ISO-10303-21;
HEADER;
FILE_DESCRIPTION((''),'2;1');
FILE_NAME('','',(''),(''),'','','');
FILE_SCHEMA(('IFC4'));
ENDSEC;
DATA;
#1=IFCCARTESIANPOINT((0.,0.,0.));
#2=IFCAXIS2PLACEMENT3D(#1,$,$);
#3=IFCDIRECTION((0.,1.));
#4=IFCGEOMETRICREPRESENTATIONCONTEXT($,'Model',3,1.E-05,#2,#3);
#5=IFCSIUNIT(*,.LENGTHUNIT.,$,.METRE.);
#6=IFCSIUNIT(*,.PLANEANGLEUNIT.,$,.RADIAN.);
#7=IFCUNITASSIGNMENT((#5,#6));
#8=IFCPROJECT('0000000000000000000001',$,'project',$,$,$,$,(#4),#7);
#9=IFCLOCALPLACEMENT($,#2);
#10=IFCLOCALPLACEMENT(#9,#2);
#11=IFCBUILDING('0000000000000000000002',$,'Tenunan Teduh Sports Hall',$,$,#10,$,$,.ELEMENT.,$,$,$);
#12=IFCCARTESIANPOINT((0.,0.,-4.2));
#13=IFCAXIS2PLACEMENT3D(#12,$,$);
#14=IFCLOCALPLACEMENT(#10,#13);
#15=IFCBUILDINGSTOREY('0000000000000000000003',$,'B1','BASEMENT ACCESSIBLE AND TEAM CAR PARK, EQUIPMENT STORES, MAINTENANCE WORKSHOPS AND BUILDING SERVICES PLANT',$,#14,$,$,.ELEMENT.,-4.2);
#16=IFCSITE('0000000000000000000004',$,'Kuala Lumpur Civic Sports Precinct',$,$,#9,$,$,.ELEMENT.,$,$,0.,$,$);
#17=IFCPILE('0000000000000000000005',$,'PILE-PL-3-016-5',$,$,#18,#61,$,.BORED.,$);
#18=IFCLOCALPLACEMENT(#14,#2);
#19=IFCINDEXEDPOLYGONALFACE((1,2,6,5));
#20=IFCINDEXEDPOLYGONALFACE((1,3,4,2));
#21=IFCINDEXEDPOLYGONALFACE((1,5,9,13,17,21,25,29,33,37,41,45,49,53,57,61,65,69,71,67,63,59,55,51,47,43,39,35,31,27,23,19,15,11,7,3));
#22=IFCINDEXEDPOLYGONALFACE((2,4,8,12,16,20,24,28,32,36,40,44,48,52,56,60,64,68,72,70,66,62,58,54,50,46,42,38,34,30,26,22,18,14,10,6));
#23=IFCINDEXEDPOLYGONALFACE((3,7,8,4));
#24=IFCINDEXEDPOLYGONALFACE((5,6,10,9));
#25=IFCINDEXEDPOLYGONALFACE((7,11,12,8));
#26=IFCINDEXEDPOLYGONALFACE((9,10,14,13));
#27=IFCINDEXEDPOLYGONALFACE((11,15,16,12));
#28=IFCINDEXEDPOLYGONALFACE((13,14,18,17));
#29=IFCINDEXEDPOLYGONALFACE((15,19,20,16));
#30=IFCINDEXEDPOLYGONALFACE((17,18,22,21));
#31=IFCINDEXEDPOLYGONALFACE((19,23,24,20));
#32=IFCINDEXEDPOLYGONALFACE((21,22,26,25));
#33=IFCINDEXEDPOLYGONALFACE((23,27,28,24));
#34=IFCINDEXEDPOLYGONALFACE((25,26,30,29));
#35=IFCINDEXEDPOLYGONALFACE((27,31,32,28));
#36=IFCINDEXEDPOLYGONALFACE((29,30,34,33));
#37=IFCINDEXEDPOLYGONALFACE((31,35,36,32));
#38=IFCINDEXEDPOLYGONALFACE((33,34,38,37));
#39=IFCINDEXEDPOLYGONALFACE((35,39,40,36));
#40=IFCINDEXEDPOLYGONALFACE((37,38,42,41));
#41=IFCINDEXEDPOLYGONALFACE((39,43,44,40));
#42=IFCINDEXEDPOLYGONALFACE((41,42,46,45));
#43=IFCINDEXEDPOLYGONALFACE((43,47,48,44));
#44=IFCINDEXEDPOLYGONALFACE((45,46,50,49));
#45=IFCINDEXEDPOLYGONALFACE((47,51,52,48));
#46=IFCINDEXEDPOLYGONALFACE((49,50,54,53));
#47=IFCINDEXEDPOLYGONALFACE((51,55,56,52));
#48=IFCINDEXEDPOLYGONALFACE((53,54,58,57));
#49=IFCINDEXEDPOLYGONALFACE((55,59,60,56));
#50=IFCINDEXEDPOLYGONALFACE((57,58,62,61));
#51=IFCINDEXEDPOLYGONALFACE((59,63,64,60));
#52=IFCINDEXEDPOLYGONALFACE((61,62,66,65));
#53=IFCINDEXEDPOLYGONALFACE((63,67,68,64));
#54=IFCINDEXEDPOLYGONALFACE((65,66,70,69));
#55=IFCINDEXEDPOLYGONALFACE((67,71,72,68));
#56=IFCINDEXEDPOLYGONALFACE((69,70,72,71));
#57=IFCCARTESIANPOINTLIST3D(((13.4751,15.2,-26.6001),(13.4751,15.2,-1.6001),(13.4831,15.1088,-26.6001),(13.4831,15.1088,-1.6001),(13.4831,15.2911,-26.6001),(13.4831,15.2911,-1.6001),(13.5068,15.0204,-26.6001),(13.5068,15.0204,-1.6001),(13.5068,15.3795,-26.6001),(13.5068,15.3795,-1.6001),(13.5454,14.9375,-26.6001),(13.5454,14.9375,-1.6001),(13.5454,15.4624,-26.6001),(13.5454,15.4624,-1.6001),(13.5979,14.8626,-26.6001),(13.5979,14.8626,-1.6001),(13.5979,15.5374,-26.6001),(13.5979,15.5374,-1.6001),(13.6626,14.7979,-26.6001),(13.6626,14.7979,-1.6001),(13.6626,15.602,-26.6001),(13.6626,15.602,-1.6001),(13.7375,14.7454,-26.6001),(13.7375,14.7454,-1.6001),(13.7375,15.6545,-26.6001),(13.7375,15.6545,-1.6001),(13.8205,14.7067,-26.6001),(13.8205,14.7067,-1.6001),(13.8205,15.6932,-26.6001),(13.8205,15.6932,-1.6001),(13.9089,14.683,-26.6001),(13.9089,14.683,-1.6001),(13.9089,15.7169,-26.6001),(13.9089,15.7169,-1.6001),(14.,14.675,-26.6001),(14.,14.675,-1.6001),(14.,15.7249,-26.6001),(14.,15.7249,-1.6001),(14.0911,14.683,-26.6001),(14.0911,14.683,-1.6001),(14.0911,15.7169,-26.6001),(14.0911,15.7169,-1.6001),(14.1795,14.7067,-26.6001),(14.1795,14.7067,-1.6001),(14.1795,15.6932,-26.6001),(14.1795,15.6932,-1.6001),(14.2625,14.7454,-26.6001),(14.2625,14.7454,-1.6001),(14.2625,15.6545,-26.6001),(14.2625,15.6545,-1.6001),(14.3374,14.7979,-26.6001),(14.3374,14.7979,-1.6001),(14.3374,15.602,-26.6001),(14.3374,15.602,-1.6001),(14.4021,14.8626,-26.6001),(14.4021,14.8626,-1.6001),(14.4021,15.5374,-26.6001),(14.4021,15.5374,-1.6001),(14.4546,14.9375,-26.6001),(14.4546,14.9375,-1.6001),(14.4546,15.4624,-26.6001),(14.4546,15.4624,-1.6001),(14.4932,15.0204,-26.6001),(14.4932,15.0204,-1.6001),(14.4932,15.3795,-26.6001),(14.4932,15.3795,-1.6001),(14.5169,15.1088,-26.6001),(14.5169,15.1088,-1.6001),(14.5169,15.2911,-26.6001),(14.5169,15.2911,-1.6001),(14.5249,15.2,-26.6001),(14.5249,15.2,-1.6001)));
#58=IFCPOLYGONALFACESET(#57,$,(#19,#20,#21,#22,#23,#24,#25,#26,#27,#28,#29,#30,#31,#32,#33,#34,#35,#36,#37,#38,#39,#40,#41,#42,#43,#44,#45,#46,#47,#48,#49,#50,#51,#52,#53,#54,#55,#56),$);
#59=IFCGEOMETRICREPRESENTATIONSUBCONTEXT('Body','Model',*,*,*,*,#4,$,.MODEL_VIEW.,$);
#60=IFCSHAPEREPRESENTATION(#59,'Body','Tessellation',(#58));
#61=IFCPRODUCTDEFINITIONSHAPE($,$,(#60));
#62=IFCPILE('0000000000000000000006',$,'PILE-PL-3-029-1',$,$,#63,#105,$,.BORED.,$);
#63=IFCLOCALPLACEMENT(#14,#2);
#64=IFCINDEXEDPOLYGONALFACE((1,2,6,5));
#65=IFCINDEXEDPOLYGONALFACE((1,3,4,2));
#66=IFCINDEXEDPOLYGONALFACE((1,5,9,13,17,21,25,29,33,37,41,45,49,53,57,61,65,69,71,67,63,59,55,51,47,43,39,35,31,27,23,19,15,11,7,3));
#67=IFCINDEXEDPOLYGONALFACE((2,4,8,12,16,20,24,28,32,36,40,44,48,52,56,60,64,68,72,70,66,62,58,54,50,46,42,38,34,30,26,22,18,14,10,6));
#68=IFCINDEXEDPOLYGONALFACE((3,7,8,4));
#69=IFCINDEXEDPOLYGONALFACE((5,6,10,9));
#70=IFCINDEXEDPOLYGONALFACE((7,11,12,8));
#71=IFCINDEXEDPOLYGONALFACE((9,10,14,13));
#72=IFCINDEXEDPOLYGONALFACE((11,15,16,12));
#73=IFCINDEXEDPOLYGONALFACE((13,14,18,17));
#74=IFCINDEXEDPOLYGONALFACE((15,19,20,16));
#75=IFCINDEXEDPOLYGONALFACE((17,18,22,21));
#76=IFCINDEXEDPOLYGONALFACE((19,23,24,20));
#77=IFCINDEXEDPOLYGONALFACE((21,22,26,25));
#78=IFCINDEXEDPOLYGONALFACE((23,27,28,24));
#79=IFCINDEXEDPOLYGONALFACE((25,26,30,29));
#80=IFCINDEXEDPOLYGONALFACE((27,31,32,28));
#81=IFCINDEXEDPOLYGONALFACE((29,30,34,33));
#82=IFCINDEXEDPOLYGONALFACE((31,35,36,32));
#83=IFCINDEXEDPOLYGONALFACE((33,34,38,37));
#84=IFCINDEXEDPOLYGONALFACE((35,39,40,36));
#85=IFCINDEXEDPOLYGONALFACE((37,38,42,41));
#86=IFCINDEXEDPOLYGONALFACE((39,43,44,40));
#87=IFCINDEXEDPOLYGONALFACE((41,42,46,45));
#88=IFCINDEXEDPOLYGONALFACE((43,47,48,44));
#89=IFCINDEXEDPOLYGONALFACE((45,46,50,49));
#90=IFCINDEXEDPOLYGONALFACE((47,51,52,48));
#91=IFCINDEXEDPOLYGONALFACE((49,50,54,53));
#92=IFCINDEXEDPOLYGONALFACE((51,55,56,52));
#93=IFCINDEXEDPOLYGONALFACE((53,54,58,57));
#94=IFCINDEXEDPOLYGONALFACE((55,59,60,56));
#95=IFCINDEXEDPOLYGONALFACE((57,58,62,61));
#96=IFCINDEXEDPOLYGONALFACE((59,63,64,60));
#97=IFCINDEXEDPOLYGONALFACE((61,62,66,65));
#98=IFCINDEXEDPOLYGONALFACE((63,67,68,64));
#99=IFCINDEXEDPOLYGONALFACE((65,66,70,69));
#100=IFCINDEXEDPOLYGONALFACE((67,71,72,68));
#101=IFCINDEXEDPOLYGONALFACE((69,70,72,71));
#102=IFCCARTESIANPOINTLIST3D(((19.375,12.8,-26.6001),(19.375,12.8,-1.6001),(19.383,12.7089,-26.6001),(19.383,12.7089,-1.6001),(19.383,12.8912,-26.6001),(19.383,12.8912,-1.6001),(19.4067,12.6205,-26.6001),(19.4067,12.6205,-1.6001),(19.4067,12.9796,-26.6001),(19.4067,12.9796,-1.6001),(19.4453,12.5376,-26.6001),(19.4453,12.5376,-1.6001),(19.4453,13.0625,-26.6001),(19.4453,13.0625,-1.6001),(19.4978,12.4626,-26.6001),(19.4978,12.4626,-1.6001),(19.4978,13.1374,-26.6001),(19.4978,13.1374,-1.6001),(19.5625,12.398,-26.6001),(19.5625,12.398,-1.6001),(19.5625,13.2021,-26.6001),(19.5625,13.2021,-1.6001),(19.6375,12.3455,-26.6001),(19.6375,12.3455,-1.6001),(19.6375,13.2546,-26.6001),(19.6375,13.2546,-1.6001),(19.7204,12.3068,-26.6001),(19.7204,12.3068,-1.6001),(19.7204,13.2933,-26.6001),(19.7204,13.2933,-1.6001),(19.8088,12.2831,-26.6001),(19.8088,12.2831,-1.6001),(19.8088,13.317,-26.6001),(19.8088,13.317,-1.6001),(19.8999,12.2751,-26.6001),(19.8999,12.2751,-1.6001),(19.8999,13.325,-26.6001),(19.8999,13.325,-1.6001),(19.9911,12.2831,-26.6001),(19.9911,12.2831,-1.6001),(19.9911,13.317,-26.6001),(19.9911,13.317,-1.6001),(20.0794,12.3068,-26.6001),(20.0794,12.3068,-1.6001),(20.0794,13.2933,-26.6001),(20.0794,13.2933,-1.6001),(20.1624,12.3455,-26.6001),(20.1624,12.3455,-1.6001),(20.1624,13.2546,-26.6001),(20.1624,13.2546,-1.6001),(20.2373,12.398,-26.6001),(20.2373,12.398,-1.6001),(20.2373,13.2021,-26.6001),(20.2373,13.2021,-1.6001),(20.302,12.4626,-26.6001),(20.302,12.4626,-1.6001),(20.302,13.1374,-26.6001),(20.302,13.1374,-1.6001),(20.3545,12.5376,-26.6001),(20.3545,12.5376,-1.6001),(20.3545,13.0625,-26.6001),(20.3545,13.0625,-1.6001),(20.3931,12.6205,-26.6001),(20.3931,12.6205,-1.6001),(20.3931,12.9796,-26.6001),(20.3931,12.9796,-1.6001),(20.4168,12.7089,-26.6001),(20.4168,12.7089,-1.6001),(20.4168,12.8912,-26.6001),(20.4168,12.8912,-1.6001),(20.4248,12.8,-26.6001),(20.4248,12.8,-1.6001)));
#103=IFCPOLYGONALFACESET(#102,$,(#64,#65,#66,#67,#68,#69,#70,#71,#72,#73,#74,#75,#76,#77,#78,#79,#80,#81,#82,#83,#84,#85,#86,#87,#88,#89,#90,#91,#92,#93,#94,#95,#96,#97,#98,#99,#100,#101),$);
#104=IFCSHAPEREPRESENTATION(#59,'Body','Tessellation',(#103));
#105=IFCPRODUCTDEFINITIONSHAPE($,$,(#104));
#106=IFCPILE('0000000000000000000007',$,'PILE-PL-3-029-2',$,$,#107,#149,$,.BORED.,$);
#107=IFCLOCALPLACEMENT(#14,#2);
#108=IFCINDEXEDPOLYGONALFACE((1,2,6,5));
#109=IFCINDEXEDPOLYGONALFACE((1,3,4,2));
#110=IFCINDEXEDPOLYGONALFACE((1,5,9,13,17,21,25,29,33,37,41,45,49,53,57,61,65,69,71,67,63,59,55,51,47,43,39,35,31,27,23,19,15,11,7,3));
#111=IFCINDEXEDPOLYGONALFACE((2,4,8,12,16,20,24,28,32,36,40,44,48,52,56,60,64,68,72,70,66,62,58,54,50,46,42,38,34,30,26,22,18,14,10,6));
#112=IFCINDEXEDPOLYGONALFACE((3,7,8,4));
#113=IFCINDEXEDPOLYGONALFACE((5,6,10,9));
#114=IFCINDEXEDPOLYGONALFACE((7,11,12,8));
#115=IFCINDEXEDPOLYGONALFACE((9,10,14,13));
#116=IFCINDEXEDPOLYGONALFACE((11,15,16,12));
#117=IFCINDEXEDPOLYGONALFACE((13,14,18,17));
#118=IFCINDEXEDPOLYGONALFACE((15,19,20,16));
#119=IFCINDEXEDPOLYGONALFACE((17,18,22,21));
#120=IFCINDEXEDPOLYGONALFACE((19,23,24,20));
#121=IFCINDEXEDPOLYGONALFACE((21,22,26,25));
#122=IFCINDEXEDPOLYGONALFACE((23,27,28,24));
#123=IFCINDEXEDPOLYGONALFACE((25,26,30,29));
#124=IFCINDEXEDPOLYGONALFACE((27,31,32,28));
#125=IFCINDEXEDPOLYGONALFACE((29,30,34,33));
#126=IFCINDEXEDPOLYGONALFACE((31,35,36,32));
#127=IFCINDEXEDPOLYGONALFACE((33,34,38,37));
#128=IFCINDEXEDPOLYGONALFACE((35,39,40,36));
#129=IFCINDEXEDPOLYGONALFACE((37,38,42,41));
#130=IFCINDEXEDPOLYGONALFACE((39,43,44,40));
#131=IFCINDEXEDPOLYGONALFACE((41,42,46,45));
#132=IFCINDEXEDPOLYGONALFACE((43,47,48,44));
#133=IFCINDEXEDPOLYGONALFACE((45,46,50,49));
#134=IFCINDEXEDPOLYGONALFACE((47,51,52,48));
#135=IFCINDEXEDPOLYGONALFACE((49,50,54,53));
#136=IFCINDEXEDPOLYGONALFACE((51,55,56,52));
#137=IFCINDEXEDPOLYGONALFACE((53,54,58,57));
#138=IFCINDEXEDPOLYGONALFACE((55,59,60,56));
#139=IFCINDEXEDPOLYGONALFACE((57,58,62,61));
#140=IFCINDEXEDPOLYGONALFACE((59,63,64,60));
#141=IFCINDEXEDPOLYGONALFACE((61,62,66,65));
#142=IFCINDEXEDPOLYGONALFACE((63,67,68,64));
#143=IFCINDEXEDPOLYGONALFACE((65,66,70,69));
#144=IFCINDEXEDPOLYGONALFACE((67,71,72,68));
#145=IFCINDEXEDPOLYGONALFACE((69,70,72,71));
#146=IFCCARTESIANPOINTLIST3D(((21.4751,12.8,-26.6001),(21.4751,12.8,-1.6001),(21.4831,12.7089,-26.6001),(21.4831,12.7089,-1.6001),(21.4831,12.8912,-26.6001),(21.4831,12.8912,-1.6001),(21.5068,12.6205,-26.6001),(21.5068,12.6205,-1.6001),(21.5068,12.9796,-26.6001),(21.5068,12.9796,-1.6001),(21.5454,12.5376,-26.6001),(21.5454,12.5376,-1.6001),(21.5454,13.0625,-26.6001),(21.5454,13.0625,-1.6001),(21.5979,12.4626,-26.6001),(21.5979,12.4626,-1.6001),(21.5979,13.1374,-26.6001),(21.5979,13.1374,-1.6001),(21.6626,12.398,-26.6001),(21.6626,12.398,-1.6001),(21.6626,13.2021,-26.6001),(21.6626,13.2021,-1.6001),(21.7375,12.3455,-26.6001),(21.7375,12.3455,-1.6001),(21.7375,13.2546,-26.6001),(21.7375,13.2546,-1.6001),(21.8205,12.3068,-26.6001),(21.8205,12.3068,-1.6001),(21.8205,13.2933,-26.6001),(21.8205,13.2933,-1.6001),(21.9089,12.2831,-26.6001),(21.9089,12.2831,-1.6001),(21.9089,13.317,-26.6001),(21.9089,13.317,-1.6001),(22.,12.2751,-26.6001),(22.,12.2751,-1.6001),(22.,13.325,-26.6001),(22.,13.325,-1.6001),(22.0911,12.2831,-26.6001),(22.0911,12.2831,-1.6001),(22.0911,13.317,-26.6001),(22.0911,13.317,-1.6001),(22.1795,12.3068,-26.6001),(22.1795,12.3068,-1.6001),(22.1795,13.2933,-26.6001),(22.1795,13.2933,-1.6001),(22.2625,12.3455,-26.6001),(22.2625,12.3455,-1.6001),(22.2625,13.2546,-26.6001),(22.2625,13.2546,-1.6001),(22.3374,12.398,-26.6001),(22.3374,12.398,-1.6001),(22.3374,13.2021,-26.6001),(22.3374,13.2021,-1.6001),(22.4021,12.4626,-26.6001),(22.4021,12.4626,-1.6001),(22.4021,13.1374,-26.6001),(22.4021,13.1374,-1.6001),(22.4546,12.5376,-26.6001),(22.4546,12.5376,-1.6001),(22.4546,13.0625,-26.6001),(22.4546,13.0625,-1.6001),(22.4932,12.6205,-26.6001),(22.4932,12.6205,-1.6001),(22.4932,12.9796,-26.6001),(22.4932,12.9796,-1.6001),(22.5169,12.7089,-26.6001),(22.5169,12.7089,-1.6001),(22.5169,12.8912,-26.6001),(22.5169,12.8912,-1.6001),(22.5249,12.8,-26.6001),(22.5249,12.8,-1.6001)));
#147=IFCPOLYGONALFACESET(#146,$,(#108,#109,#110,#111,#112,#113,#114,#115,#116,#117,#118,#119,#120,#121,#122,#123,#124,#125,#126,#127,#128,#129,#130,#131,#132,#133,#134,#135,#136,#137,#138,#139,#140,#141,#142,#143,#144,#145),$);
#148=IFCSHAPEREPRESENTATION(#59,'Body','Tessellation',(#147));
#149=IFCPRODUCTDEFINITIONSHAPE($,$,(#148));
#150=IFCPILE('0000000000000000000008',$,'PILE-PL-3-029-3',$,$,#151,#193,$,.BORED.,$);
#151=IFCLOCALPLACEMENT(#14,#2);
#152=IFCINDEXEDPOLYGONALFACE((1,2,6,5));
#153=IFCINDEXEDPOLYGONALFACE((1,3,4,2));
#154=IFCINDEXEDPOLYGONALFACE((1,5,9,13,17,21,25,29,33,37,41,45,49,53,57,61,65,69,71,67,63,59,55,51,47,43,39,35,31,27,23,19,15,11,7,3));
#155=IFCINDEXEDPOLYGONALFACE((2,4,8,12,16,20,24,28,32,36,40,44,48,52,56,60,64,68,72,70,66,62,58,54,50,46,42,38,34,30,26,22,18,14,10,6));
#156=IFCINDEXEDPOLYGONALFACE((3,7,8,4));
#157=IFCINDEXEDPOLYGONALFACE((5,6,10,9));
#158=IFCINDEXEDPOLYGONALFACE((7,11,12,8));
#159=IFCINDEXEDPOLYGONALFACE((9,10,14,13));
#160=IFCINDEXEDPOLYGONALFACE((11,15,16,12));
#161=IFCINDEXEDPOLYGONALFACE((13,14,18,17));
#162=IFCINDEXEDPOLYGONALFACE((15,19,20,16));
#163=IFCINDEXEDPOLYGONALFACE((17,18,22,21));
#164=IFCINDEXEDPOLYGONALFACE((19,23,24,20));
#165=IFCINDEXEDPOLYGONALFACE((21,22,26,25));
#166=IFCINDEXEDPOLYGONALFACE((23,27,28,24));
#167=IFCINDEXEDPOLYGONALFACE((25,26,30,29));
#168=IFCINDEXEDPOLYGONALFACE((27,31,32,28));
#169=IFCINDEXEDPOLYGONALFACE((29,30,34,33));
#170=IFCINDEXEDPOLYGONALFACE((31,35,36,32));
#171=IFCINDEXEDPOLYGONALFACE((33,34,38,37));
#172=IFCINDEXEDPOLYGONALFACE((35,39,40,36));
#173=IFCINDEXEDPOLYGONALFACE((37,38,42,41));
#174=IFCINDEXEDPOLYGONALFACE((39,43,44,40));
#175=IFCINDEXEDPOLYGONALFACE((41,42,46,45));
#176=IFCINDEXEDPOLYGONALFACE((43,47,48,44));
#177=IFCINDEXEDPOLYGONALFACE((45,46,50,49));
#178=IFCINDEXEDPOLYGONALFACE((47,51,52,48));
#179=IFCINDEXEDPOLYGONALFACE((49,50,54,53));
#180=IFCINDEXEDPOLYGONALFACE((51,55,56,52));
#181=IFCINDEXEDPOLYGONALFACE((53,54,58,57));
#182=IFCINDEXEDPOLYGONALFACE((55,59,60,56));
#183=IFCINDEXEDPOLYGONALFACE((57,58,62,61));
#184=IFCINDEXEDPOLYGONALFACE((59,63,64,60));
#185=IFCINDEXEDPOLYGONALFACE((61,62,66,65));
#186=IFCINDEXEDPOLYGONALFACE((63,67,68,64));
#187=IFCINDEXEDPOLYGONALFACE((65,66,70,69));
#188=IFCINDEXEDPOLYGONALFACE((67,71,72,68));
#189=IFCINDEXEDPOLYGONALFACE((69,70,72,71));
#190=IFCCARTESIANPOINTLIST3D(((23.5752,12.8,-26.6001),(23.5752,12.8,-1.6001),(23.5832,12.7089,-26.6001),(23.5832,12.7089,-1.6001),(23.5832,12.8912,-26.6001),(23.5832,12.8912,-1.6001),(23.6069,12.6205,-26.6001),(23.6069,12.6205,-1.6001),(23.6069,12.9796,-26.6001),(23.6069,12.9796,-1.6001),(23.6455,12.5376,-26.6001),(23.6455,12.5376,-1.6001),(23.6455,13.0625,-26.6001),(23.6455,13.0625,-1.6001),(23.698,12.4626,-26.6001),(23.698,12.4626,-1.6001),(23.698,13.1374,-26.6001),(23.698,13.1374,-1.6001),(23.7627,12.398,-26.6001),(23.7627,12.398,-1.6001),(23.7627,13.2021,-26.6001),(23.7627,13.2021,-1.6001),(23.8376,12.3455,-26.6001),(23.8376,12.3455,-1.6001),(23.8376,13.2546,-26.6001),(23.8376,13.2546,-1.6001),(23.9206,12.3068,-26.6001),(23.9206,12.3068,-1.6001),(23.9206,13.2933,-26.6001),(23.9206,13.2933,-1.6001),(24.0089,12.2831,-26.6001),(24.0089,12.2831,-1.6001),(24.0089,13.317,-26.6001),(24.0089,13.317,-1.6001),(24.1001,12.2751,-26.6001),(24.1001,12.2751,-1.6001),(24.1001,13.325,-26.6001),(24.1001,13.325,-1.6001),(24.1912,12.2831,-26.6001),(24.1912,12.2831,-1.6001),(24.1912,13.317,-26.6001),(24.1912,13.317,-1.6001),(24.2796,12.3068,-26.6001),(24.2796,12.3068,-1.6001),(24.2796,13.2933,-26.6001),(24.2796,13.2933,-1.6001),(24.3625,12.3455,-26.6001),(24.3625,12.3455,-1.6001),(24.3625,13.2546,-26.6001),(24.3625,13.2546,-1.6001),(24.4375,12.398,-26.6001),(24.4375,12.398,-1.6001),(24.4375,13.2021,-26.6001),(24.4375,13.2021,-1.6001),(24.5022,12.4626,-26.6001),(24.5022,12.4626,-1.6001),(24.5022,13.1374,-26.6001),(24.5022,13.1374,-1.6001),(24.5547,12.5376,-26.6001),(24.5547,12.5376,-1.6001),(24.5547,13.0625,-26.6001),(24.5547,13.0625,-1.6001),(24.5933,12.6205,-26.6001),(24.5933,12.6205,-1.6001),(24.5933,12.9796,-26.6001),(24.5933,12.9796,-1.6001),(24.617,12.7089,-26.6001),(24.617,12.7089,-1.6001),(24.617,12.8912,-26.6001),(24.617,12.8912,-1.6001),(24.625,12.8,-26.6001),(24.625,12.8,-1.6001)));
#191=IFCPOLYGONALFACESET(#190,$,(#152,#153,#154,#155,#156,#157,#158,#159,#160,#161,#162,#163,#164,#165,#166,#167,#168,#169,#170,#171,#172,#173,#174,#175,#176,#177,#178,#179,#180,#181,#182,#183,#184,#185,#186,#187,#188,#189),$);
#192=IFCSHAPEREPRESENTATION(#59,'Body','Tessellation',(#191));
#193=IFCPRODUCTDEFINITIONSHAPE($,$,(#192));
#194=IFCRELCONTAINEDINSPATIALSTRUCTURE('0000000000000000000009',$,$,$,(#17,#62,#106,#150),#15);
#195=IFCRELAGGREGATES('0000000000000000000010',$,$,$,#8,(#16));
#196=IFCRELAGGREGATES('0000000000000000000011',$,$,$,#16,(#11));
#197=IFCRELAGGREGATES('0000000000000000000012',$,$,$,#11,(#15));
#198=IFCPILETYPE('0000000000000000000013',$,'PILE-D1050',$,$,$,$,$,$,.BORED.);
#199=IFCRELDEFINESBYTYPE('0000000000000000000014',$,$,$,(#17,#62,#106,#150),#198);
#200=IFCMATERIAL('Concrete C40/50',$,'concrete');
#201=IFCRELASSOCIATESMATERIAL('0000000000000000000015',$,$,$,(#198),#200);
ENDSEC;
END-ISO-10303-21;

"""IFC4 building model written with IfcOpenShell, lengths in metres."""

from ifc_helpers import new_model, si_unit, direction, frame, origin, origin_2d, place, context, subcontext, project, spatial, circle, extrude, material, material_profile, profile_set, type_object, element, save


model = new_model("IFC4")

# Units and contexts
model_context = context("Model", 3, precision=1e-05, world=origin(), true_north=direction((0.0, 1.0)))
body_context = subcontext(model_context, "Body", "Model", "MODEL_VIEW")
ifc_project = project(units=[si_unit("LENGTHUNIT", "METRE"), si_unit("PLANEANGLEUNIT", "RADIAN")], contexts=[model_context])

# Site, building, storey
site_placement = place(None, origin())
site = spatial("IfcSite", under=ifc_project, at=site_placement, Name="Kuala Lumpur Civic Sports Precinct", CompositionType="ELEMENT", RefElevation=0.0)
building_placement = place(site_placement, origin())
building = spatial("IfcBuilding", under=site, at=building_placement, Name="Tenunan Teduh Sports Hall", CompositionType="ELEMENT")
storey_placement = place(building_placement, frame((0.0, 0.0, -4.2)))
storey = spatial("IfcBuildingStorey", under=building, at=storey_placement, Name="B1", Description="BASEMENT ACCESSIBLE AND TEAM CAR PARK, EQUIPMENT STORES, MAINTENANCE WORKSHOPS AND BUILDING SERVICES PLANT", CompositionType="ELEMENT", Elevation=-4.2)

# Piles
ifc_material_1 = material(Name="Concrete C40/50", Category="concrete")
ifc_material_profile_1 = material_profile(ifc_material_1, circle(Radius=0.5249, at=origin_2d()), Name="PILE D1050")
ifc_profile_set_1 = profile_set([ifc_material_profile_1], Name="Concrete C40/50")
pile_type_1 = type_object("IfcPileType", Name="PILE-D1050", PredefinedType="BORED", material=ifc_profile_set_1)
for number, where, z_axis, x_axis, name in (
    (1, (14.0, 15.2, -1.6001), (0.0, 0.0, -1.0), (1.0, 0.0, 0.0), "PILE-PL-3-016-5"),
    (2, (19.8999, 12.8, -1.6001), (0.0, 0.0, -1.0), (1.0, 0.0, 0.0), "PILE-PL-3-029-1"),
    (3, (22.0, 12.8, -1.6001), (0.0, 0.0, -1.0), (1.0, 0.0, 0.0), "PILE-PL-3-029-2"),
    (4, (24.1001, 12.8, -1.6001), (0.0, 0.0, -1.0), (1.0, 0.0, 0.0), "PILE-PL-3-029-3"),
):
    element("IfcPile", number, at=place(storey_placement, frame(where, z_axis=z_axis, x_axis=x_axis)), inside=storey, type_object=pile_type_1, Name=name, PredefinedType="BORED", context=body_context, shape_type="SweptSolid", body=[
        extrude(circle(Radius=0.5249, at=origin_2d()), origin(), (0.0, 0.0, 1.0), 25.0),
    ])

save(model, "model.ifc")
